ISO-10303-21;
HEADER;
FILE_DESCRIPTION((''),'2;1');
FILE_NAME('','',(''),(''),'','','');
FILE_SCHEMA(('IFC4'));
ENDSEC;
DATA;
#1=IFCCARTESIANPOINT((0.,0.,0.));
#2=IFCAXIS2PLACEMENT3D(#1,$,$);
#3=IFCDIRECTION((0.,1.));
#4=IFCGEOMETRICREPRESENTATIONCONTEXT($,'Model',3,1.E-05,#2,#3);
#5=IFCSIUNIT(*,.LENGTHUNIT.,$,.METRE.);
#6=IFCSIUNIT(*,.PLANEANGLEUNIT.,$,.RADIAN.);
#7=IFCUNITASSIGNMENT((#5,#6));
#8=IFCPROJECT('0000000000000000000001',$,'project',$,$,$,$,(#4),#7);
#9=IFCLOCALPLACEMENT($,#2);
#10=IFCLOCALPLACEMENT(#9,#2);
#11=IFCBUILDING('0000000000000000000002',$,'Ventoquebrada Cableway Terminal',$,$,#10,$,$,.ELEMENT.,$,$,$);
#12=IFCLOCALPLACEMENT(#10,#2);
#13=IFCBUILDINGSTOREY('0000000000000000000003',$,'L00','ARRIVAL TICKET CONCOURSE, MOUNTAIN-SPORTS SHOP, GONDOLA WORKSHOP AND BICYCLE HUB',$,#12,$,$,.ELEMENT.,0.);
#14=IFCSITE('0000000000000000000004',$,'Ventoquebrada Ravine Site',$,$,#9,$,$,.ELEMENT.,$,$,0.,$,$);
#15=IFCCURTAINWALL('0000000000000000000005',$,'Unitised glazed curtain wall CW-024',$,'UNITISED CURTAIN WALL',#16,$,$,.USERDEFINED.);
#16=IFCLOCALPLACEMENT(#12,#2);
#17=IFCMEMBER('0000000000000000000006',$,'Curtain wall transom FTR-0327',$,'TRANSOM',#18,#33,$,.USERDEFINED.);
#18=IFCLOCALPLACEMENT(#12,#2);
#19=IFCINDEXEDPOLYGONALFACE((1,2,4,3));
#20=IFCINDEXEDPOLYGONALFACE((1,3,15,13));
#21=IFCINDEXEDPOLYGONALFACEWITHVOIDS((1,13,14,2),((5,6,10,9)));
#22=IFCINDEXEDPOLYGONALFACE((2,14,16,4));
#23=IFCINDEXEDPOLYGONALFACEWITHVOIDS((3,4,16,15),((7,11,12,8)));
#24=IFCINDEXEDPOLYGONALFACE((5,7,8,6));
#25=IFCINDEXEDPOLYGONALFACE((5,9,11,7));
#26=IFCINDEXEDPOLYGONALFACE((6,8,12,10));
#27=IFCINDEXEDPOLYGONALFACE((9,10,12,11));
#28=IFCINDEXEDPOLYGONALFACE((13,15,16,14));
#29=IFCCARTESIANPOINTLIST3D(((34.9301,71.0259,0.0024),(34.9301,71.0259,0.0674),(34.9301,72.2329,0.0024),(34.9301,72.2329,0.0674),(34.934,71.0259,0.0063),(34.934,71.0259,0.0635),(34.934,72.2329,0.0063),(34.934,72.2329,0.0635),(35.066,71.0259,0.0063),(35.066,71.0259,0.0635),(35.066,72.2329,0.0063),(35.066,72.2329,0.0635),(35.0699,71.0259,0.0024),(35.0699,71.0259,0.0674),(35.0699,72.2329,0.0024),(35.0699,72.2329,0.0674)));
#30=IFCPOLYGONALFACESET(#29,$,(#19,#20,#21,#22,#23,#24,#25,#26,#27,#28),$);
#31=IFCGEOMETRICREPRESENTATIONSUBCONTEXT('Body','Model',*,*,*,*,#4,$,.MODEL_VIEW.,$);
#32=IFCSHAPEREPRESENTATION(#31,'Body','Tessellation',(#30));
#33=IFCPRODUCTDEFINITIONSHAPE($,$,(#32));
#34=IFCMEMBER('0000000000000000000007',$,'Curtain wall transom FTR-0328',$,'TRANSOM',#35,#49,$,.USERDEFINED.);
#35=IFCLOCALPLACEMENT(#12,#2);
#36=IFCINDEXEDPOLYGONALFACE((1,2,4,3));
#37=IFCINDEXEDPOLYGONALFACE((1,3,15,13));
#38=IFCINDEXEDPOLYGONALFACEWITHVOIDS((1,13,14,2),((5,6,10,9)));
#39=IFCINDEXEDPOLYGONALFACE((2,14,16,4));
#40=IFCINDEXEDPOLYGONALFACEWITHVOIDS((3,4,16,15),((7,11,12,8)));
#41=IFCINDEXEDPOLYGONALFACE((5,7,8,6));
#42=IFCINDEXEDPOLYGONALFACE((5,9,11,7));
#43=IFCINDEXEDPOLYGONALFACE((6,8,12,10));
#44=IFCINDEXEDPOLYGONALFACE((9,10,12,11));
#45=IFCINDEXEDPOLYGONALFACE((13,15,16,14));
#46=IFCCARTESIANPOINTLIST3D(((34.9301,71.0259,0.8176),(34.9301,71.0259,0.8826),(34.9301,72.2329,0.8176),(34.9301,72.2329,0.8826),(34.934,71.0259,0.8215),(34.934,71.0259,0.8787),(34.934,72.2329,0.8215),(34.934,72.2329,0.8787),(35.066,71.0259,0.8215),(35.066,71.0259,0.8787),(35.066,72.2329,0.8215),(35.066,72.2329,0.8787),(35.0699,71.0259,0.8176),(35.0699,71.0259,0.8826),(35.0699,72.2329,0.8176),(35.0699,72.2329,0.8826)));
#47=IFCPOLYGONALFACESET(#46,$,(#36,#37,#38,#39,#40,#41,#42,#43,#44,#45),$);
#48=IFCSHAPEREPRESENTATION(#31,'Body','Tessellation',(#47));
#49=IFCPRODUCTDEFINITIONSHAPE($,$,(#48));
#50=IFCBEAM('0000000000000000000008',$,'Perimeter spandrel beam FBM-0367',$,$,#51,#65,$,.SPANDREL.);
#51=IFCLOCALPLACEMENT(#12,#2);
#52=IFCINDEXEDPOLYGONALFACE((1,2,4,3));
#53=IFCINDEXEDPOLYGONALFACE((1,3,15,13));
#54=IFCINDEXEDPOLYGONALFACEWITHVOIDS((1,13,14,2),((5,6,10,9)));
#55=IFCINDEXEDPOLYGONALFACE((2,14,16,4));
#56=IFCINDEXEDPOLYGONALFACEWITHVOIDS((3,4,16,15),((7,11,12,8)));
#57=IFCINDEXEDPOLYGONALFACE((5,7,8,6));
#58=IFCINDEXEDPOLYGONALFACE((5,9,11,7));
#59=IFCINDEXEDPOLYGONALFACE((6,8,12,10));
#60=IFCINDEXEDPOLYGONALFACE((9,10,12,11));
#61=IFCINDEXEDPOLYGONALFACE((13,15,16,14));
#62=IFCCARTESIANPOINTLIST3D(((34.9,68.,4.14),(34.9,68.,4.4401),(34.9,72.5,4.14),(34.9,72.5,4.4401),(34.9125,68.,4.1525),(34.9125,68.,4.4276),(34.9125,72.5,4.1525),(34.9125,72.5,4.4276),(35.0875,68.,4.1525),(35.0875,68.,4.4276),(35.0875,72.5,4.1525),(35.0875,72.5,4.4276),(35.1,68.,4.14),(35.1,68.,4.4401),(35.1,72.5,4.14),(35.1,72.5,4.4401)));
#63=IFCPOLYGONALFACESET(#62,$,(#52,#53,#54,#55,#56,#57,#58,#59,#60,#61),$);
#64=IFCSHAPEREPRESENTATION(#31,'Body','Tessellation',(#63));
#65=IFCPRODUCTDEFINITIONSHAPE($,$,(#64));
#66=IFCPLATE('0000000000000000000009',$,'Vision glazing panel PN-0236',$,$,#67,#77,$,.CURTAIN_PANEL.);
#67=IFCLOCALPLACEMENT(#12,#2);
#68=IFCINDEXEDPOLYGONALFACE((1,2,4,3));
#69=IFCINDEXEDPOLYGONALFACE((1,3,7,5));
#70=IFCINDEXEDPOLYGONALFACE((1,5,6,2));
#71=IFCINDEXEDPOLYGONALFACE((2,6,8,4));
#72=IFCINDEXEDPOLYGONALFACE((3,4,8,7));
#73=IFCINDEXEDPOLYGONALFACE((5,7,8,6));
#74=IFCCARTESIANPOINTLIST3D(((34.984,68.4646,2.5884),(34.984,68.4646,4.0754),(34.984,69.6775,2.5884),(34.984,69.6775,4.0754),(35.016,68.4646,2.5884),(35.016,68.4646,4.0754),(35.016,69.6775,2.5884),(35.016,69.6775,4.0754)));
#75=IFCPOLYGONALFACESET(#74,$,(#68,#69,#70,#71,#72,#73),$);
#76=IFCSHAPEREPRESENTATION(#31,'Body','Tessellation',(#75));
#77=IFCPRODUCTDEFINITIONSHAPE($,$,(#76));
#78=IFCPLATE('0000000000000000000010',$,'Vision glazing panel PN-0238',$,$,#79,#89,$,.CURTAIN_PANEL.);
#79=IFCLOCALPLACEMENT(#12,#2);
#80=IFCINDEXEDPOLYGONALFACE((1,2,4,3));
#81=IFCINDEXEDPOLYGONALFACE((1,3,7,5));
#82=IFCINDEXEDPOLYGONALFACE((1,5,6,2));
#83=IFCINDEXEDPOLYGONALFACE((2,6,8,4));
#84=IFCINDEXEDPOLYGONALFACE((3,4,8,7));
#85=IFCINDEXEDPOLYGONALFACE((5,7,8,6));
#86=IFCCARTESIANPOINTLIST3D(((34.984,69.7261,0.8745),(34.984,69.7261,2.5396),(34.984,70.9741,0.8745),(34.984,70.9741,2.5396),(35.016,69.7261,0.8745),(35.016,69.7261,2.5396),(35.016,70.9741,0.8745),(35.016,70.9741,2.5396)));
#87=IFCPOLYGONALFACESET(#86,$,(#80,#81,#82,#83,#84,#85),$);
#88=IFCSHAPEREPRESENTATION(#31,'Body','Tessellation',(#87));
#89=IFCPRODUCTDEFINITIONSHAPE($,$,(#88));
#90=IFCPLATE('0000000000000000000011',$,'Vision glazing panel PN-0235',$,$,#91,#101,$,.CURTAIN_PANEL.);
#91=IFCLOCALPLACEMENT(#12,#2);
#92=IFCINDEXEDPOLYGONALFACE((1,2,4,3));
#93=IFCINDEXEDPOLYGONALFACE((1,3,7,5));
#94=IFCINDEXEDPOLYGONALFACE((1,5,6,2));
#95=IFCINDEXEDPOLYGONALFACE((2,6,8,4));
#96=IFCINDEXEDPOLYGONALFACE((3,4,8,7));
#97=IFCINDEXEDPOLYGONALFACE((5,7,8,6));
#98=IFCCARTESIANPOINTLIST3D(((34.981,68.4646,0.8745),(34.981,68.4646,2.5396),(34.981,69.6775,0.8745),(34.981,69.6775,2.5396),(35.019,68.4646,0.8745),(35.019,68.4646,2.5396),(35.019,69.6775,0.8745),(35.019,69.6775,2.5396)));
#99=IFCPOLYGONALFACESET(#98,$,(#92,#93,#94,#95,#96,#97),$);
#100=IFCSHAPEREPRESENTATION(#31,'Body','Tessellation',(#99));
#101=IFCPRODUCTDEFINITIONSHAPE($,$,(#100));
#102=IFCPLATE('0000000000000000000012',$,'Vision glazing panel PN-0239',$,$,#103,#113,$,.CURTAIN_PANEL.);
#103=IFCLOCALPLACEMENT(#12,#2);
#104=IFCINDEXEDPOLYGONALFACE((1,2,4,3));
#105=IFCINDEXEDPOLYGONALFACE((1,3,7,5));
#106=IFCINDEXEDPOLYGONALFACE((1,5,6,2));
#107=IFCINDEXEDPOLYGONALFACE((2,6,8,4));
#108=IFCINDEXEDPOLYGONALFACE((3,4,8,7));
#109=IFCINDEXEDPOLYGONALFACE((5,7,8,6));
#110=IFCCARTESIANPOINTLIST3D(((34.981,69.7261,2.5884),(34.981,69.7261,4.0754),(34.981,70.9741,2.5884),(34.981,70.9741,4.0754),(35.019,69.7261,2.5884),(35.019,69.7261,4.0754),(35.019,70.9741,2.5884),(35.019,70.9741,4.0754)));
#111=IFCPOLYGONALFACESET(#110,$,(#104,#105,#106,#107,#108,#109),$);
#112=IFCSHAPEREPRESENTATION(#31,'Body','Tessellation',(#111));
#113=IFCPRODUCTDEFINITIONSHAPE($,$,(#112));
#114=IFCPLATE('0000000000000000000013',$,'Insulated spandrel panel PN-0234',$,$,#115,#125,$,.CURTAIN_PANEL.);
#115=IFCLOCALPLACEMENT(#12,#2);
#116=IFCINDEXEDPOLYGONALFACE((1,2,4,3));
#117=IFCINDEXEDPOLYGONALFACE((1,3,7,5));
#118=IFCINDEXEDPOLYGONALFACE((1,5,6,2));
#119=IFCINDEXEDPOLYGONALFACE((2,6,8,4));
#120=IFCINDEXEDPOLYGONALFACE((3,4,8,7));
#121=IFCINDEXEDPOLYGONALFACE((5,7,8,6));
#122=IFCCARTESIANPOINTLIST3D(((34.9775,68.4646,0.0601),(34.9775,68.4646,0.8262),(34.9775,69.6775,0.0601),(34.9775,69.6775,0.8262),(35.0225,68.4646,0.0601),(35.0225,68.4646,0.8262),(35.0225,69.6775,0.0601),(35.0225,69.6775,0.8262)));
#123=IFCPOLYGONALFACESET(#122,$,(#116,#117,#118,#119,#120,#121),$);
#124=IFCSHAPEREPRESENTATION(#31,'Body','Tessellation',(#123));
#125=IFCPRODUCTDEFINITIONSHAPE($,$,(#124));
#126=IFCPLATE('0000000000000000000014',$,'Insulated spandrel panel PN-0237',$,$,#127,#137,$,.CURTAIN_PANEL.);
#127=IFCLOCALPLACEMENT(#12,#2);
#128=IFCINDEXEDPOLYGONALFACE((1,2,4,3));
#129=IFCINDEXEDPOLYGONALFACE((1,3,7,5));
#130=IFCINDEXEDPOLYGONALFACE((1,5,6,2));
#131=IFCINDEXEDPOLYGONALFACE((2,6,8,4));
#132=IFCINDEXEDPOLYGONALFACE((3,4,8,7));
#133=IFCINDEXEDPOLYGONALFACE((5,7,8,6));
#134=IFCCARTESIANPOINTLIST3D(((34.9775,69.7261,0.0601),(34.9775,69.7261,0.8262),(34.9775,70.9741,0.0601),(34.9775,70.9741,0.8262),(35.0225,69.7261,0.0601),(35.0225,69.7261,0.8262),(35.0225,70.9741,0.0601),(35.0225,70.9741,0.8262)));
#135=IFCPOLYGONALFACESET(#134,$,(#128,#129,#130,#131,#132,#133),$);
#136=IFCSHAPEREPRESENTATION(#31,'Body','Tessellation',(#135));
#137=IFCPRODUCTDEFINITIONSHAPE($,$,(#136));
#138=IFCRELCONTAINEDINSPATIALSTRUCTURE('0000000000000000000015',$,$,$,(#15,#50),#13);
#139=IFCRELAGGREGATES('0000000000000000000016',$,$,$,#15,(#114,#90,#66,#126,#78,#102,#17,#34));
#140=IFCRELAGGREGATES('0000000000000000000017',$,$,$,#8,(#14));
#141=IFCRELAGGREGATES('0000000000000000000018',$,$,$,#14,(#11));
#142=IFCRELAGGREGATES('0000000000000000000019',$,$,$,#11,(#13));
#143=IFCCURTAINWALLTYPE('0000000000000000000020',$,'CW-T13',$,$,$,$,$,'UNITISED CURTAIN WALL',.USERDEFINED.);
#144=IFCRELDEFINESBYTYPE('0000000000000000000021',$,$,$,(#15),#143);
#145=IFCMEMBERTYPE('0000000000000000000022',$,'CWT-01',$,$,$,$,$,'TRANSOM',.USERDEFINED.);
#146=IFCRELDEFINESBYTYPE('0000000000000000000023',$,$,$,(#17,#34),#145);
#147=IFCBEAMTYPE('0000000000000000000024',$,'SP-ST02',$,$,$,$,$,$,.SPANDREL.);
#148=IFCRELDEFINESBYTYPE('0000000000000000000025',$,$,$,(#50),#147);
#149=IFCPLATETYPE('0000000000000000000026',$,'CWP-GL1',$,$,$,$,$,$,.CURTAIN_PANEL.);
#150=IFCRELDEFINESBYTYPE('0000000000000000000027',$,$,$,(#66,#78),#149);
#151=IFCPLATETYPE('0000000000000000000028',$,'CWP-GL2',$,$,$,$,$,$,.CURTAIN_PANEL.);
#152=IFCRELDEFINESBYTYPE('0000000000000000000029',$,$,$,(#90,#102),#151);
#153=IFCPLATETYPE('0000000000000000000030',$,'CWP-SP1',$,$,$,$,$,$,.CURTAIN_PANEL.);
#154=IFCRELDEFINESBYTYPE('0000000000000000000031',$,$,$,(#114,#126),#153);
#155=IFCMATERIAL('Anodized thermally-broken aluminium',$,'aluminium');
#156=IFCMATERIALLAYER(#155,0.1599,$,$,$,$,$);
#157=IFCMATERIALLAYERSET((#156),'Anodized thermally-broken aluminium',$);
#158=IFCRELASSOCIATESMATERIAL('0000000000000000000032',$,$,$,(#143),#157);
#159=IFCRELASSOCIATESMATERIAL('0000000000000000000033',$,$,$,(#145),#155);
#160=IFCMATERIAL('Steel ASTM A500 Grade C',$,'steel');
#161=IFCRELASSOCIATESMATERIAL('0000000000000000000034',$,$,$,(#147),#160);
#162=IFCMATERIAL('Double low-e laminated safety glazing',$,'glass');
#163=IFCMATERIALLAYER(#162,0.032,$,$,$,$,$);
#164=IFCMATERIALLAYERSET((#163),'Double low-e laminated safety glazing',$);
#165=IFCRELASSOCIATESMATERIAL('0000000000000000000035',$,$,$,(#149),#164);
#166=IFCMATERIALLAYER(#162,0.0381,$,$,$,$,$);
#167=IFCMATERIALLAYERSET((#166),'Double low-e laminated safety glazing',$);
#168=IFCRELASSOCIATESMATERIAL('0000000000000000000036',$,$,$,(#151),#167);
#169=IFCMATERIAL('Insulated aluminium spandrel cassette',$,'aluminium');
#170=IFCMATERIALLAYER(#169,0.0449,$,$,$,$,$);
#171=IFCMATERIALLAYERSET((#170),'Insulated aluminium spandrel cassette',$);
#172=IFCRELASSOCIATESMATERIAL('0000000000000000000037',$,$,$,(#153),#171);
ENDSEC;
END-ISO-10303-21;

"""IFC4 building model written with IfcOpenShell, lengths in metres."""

from ifc_helpers import new_model, si_unit, direction, frame, origin, origin_2d, place, context, subcontext, project, spatial, rectangle, hollow_rectangle, extrude, material, layer, layer_set, material_profile, profile_set, type_object, element, aggregate, save


model = new_model("IFC4")

# Units and contexts
model_context = context("Model", 3, precision=1e-05, world=origin(), true_north=direction((0.0, 1.0)))
body_context = subcontext(model_context, "Body", "Model", "MODEL_VIEW")
ifc_project = project(units=[si_unit("LENGTHUNIT", "METRE"), si_unit("PLANEANGLEUNIT", "RADIAN")], contexts=[model_context])

# Site, building, storey
site_placement = place(None, origin())
site = spatial("IfcSite", under=ifc_project, at=site_placement, Name="Ventoquebrada Ravine Site", CompositionType="ELEMENT", RefElevation=0.0)
building_placement = place(site_placement, origin())
building = spatial("IfcBuilding", under=site, at=building_placement, Name="Ventoquebrada Cableway Terminal", CompositionType="ELEMENT")
storey_placement = place(building_placement, origin())
storey = spatial("IfcBuildingStorey", under=building, at=storey_placement, Name="L00", Description="ARRIVAL TICKET CONCOURSE, MOUNTAIN-SPORTS SHOP, GONDOLA WORKSHOP AND BICYCLE HUB", CompositionType="ELEMENT", Elevation=0.0)

# Curtain wall, members
ifc_material_1 = material(Name="Anodized thermally-broken aluminium", Category="aluminium")
ifc_layer_1 = layer(ifc_material_1, 0.1599)
ifc_layer_set_1 = layer_set([ifc_layer_1], Name="Anodized thermally-broken aluminium")
curtain_wall_type = type_object("IfcCurtainWallType", Name="CW-T13", ElementType="UNITISED CURTAIN WALL", PredefinedType="USERDEFINED", material=ifc_layer_set_1)
curtain_wall_placement = place(storey_placement, origin())
curtain_wall = element("IfcCurtainWall", 1, at=curtain_wall_placement, inside=storey, type_object=curtain_wall_type, Name="Unitised glazed curtain wall CW-024", ObjectType="UNITISED CURTAIN WALL", PredefinedType="USERDEFINED")
ifc_material_profile_1 = material_profile(ifc_material_1, hollow_rectangle(XDim=0.0649, YDim=0.1399, WallThickness=0.0039, at=origin_2d()), Name="CW-TRN-65X140")
ifc_profile_set_1 = profile_set([ifc_material_profile_1], Name="Anodized thermally-broken aluminium")
member_type_1 = type_object("IfcMemberType", Name="CWT-01", ElementType="TRANSOM", PredefinedType="USERDEFINED", material=ifc_profile_set_1)
member_1_placement = place(storey_placement, frame((35.0, 71.0259, 0.0349), z_axis=(0.0, 1.0, 0.0), x_axis=(0.0, 0.0, 1.0)))
member_1 = element("IfcMember", 2, at=member_1_placement, type_object=member_type_1, Name="Curtain wall transom FTR-0327", ObjectType="TRANSOM", PredefinedType="USERDEFINED", context=body_context, shape_type="SweptSolid", body=[
    extrude(hollow_rectangle(XDim=0.0649, YDim=0.1399, WallThickness=0.0039, at=origin_2d()), origin(), (0.0, 0.0, 1.0), 1.207),
])
member_2_placement = place(storey_placement, frame((35.0, 71.0259, 0.8501), z_axis=(0.0, 1.0, 0.0), x_axis=(0.0, 0.0, 1.0)))
member_2 = element("IfcMember", 3, at=member_2_placement, type_object=member_type_1, Name="Curtain wall transom FTR-0328", ObjectType="TRANSOM", PredefinedType="USERDEFINED", context=body_context, shape_type="SweptSolid", body=[
    extrude(hollow_rectangle(XDim=0.0649, YDim=0.1399, WallThickness=0.0039, at=origin_2d()), origin(), (0.0, 0.0, 1.0), 1.207),
])

# Beam
ifc_material_2 = material(Name="Steel ASTM A500 Grade C", Category="steel")
ifc_material_profile_2 = material_profile(ifc_material_2, hollow_rectangle(XDim=0.2, YDim=0.3, WallThickness=0.0125, at=origin_2d()), Name="RHS300X200X12.5")
ifc_profile_set_2 = profile_set([ifc_material_profile_2], Name="Steel ASTM A500 Grade C")
beam_type = type_object("IfcBeamType", Name="SP-ST02", PredefinedType="SPANDREL", material=ifc_profile_set_2)
beam_placement = place(storey_placement, frame((35.0, 68.0, 4.29), z_axis=(0.0, 1.0, 0.0), x_axis=(-1.0, 0.0, 0.0)))
element("IfcBeam", 4, at=beam_placement, inside=storey, type_object=beam_type, Name="Perimeter spandrel beam FBM-0367", PredefinedType="SPANDREL", context=body_context, shape_type="SweptSolid", body=[
    extrude(hollow_rectangle(XDim=0.2, YDim=0.3, WallThickness=0.0125, at=origin_2d()), origin(), (0.0, 0.0, 1.0), 4.5),
])

# Plates
ifc_material_3 = material(Name="Double low-e laminated safety glazing", Category="glass")
ifc_layer_2 = layer(ifc_material_3, 0.032)
ifc_layer_set_2 = layer_set([ifc_layer_2], Name="Double low-e laminated safety glazing")
plate_type_1 = type_object("IfcPlateType", Name="CWP-GL1", PredefinedType="CURTAIN_PANEL", material=ifc_layer_set_2)
plate_1_placement = place(storey_placement, frame((35.0, 69.071, 2.5884), z_axis=(0.0, 0.0, 1.0), x_axis=(0.0, 1.0, 0.0)))
plate_1 = element("IfcPlate", 5, at=plate_1_placement, type_object=plate_type_1, Name="Vision glazing panel PN-0236", PredefinedType="CURTAIN_PANEL", context=body_context, shape_type="SweptSolid", body=[
    extrude(rectangle(XDim=1.2129, YDim=0.032, at=origin_2d()), origin(), (0.0, 0.0, 1.0), 1.4871),
])
plate_2_placement = place(storey_placement, frame((35.0, 70.3501, 0.8745), z_axis=(0.0, 0.0, 1.0), x_axis=(0.0, 1.0, 0.0)))
plate_2 = element("IfcPlate", 6, at=plate_2_placement, type_object=plate_type_1, Name="Vision glazing panel PN-0238", PredefinedType="CURTAIN_PANEL", context=body_context, shape_type="SweptSolid", body=[
    extrude(rectangle(XDim=1.248, YDim=0.032, at=origin_2d()), origin(), (0.0, 0.0, 1.0), 1.665),
])
ifc_layer_3 = layer(ifc_material_3, 0.0381)
ifc_layer_set_3 = layer_set([ifc_layer_3], Name="Double low-e laminated safety glazing")
plate_type_2 = type_object("IfcPlateType", Name="CWP-GL2", PredefinedType="CURTAIN_PANEL", material=ifc_layer_set_3)
plate_3_placement = place(storey_placement, frame((35.0, 69.071, 0.8745), z_axis=(0.0, 0.0, 1.0), x_axis=(0.0, 1.0, 0.0)))
plate_3 = element("IfcPlate", 7, at=plate_3_placement, type_object=plate_type_2, Name="Vision glazing panel PN-0235", PredefinedType="CURTAIN_PANEL", context=body_context, shape_type="SweptSolid", body=[
    extrude(rectangle(XDim=1.2129, YDim=0.0381, at=origin_2d()), origin(), (0.0, 0.0, 1.0), 1.665),
])
plate_4_placement = place(storey_placement, frame((35.0, 70.3501, 2.5884), z_axis=(0.0, 0.0, 1.0), x_axis=(0.0, 1.0, 0.0)))
plate_4 = element("IfcPlate", 8, at=plate_4_placement, type_object=plate_type_2, Name="Vision glazing panel PN-0239", PredefinedType="CURTAIN_PANEL", context=body_context, shape_type="SweptSolid", body=[
    extrude(rectangle(XDim=1.248, YDim=0.0381, at=origin_2d()), origin(), (0.0, 0.0, 1.0), 1.4871),
])
ifc_material_4 = material(Name="Insulated aluminium spandrel cassette", Category="aluminium")
ifc_layer_4 = layer(ifc_material_4, 0.0449)
ifc_layer_set_4 = layer_set([ifc_layer_4], Name="Insulated aluminium spandrel cassette")
plate_type_3 = type_object("IfcPlateType", Name="CWP-SP1", PredefinedType="CURTAIN_PANEL", material=ifc_layer_set_4)
plate_5_placement = place(storey_placement, frame((35.0, 69.071, 0.0601), z_axis=(0.0, 0.0, 1.0), x_axis=(0.0, 1.0, 0.0)))
plate_5 = element("IfcPlate", 9, at=plate_5_placement, type_object=plate_type_3, Name="Insulated spandrel panel PN-0234", PredefinedType="CURTAIN_PANEL", context=body_context, shape_type="SweptSolid", body=[
    extrude(rectangle(XDim=1.2129, YDim=0.0449, at=origin_2d()), origin(), (0.0, 0.0, 1.0), 0.7661),
])
plate_6_placement = place(storey_placement, frame((35.0, 70.3501, 0.0601), z_axis=(0.0, 0.0, 1.0), x_axis=(0.0, 1.0, 0.0)))
plate_6 = element("IfcPlate", 10, at=plate_6_placement, type_object=plate_type_3, Name="Insulated spandrel panel PN-0237", PredefinedType="CURTAIN_PANEL", context=body_context, shape_type="SweptSolid", body=[
    extrude(rectangle(XDim=1.248, YDim=0.0449, at=origin_2d()), origin(), (0.0, 0.0, 1.0), 0.7661),
])
aggregate(curtain_wall, [plate_5, plate_3, plate_1, plate_6, plate_2, plate_4, member_1, member_2])

save(model, "model.ifc")
